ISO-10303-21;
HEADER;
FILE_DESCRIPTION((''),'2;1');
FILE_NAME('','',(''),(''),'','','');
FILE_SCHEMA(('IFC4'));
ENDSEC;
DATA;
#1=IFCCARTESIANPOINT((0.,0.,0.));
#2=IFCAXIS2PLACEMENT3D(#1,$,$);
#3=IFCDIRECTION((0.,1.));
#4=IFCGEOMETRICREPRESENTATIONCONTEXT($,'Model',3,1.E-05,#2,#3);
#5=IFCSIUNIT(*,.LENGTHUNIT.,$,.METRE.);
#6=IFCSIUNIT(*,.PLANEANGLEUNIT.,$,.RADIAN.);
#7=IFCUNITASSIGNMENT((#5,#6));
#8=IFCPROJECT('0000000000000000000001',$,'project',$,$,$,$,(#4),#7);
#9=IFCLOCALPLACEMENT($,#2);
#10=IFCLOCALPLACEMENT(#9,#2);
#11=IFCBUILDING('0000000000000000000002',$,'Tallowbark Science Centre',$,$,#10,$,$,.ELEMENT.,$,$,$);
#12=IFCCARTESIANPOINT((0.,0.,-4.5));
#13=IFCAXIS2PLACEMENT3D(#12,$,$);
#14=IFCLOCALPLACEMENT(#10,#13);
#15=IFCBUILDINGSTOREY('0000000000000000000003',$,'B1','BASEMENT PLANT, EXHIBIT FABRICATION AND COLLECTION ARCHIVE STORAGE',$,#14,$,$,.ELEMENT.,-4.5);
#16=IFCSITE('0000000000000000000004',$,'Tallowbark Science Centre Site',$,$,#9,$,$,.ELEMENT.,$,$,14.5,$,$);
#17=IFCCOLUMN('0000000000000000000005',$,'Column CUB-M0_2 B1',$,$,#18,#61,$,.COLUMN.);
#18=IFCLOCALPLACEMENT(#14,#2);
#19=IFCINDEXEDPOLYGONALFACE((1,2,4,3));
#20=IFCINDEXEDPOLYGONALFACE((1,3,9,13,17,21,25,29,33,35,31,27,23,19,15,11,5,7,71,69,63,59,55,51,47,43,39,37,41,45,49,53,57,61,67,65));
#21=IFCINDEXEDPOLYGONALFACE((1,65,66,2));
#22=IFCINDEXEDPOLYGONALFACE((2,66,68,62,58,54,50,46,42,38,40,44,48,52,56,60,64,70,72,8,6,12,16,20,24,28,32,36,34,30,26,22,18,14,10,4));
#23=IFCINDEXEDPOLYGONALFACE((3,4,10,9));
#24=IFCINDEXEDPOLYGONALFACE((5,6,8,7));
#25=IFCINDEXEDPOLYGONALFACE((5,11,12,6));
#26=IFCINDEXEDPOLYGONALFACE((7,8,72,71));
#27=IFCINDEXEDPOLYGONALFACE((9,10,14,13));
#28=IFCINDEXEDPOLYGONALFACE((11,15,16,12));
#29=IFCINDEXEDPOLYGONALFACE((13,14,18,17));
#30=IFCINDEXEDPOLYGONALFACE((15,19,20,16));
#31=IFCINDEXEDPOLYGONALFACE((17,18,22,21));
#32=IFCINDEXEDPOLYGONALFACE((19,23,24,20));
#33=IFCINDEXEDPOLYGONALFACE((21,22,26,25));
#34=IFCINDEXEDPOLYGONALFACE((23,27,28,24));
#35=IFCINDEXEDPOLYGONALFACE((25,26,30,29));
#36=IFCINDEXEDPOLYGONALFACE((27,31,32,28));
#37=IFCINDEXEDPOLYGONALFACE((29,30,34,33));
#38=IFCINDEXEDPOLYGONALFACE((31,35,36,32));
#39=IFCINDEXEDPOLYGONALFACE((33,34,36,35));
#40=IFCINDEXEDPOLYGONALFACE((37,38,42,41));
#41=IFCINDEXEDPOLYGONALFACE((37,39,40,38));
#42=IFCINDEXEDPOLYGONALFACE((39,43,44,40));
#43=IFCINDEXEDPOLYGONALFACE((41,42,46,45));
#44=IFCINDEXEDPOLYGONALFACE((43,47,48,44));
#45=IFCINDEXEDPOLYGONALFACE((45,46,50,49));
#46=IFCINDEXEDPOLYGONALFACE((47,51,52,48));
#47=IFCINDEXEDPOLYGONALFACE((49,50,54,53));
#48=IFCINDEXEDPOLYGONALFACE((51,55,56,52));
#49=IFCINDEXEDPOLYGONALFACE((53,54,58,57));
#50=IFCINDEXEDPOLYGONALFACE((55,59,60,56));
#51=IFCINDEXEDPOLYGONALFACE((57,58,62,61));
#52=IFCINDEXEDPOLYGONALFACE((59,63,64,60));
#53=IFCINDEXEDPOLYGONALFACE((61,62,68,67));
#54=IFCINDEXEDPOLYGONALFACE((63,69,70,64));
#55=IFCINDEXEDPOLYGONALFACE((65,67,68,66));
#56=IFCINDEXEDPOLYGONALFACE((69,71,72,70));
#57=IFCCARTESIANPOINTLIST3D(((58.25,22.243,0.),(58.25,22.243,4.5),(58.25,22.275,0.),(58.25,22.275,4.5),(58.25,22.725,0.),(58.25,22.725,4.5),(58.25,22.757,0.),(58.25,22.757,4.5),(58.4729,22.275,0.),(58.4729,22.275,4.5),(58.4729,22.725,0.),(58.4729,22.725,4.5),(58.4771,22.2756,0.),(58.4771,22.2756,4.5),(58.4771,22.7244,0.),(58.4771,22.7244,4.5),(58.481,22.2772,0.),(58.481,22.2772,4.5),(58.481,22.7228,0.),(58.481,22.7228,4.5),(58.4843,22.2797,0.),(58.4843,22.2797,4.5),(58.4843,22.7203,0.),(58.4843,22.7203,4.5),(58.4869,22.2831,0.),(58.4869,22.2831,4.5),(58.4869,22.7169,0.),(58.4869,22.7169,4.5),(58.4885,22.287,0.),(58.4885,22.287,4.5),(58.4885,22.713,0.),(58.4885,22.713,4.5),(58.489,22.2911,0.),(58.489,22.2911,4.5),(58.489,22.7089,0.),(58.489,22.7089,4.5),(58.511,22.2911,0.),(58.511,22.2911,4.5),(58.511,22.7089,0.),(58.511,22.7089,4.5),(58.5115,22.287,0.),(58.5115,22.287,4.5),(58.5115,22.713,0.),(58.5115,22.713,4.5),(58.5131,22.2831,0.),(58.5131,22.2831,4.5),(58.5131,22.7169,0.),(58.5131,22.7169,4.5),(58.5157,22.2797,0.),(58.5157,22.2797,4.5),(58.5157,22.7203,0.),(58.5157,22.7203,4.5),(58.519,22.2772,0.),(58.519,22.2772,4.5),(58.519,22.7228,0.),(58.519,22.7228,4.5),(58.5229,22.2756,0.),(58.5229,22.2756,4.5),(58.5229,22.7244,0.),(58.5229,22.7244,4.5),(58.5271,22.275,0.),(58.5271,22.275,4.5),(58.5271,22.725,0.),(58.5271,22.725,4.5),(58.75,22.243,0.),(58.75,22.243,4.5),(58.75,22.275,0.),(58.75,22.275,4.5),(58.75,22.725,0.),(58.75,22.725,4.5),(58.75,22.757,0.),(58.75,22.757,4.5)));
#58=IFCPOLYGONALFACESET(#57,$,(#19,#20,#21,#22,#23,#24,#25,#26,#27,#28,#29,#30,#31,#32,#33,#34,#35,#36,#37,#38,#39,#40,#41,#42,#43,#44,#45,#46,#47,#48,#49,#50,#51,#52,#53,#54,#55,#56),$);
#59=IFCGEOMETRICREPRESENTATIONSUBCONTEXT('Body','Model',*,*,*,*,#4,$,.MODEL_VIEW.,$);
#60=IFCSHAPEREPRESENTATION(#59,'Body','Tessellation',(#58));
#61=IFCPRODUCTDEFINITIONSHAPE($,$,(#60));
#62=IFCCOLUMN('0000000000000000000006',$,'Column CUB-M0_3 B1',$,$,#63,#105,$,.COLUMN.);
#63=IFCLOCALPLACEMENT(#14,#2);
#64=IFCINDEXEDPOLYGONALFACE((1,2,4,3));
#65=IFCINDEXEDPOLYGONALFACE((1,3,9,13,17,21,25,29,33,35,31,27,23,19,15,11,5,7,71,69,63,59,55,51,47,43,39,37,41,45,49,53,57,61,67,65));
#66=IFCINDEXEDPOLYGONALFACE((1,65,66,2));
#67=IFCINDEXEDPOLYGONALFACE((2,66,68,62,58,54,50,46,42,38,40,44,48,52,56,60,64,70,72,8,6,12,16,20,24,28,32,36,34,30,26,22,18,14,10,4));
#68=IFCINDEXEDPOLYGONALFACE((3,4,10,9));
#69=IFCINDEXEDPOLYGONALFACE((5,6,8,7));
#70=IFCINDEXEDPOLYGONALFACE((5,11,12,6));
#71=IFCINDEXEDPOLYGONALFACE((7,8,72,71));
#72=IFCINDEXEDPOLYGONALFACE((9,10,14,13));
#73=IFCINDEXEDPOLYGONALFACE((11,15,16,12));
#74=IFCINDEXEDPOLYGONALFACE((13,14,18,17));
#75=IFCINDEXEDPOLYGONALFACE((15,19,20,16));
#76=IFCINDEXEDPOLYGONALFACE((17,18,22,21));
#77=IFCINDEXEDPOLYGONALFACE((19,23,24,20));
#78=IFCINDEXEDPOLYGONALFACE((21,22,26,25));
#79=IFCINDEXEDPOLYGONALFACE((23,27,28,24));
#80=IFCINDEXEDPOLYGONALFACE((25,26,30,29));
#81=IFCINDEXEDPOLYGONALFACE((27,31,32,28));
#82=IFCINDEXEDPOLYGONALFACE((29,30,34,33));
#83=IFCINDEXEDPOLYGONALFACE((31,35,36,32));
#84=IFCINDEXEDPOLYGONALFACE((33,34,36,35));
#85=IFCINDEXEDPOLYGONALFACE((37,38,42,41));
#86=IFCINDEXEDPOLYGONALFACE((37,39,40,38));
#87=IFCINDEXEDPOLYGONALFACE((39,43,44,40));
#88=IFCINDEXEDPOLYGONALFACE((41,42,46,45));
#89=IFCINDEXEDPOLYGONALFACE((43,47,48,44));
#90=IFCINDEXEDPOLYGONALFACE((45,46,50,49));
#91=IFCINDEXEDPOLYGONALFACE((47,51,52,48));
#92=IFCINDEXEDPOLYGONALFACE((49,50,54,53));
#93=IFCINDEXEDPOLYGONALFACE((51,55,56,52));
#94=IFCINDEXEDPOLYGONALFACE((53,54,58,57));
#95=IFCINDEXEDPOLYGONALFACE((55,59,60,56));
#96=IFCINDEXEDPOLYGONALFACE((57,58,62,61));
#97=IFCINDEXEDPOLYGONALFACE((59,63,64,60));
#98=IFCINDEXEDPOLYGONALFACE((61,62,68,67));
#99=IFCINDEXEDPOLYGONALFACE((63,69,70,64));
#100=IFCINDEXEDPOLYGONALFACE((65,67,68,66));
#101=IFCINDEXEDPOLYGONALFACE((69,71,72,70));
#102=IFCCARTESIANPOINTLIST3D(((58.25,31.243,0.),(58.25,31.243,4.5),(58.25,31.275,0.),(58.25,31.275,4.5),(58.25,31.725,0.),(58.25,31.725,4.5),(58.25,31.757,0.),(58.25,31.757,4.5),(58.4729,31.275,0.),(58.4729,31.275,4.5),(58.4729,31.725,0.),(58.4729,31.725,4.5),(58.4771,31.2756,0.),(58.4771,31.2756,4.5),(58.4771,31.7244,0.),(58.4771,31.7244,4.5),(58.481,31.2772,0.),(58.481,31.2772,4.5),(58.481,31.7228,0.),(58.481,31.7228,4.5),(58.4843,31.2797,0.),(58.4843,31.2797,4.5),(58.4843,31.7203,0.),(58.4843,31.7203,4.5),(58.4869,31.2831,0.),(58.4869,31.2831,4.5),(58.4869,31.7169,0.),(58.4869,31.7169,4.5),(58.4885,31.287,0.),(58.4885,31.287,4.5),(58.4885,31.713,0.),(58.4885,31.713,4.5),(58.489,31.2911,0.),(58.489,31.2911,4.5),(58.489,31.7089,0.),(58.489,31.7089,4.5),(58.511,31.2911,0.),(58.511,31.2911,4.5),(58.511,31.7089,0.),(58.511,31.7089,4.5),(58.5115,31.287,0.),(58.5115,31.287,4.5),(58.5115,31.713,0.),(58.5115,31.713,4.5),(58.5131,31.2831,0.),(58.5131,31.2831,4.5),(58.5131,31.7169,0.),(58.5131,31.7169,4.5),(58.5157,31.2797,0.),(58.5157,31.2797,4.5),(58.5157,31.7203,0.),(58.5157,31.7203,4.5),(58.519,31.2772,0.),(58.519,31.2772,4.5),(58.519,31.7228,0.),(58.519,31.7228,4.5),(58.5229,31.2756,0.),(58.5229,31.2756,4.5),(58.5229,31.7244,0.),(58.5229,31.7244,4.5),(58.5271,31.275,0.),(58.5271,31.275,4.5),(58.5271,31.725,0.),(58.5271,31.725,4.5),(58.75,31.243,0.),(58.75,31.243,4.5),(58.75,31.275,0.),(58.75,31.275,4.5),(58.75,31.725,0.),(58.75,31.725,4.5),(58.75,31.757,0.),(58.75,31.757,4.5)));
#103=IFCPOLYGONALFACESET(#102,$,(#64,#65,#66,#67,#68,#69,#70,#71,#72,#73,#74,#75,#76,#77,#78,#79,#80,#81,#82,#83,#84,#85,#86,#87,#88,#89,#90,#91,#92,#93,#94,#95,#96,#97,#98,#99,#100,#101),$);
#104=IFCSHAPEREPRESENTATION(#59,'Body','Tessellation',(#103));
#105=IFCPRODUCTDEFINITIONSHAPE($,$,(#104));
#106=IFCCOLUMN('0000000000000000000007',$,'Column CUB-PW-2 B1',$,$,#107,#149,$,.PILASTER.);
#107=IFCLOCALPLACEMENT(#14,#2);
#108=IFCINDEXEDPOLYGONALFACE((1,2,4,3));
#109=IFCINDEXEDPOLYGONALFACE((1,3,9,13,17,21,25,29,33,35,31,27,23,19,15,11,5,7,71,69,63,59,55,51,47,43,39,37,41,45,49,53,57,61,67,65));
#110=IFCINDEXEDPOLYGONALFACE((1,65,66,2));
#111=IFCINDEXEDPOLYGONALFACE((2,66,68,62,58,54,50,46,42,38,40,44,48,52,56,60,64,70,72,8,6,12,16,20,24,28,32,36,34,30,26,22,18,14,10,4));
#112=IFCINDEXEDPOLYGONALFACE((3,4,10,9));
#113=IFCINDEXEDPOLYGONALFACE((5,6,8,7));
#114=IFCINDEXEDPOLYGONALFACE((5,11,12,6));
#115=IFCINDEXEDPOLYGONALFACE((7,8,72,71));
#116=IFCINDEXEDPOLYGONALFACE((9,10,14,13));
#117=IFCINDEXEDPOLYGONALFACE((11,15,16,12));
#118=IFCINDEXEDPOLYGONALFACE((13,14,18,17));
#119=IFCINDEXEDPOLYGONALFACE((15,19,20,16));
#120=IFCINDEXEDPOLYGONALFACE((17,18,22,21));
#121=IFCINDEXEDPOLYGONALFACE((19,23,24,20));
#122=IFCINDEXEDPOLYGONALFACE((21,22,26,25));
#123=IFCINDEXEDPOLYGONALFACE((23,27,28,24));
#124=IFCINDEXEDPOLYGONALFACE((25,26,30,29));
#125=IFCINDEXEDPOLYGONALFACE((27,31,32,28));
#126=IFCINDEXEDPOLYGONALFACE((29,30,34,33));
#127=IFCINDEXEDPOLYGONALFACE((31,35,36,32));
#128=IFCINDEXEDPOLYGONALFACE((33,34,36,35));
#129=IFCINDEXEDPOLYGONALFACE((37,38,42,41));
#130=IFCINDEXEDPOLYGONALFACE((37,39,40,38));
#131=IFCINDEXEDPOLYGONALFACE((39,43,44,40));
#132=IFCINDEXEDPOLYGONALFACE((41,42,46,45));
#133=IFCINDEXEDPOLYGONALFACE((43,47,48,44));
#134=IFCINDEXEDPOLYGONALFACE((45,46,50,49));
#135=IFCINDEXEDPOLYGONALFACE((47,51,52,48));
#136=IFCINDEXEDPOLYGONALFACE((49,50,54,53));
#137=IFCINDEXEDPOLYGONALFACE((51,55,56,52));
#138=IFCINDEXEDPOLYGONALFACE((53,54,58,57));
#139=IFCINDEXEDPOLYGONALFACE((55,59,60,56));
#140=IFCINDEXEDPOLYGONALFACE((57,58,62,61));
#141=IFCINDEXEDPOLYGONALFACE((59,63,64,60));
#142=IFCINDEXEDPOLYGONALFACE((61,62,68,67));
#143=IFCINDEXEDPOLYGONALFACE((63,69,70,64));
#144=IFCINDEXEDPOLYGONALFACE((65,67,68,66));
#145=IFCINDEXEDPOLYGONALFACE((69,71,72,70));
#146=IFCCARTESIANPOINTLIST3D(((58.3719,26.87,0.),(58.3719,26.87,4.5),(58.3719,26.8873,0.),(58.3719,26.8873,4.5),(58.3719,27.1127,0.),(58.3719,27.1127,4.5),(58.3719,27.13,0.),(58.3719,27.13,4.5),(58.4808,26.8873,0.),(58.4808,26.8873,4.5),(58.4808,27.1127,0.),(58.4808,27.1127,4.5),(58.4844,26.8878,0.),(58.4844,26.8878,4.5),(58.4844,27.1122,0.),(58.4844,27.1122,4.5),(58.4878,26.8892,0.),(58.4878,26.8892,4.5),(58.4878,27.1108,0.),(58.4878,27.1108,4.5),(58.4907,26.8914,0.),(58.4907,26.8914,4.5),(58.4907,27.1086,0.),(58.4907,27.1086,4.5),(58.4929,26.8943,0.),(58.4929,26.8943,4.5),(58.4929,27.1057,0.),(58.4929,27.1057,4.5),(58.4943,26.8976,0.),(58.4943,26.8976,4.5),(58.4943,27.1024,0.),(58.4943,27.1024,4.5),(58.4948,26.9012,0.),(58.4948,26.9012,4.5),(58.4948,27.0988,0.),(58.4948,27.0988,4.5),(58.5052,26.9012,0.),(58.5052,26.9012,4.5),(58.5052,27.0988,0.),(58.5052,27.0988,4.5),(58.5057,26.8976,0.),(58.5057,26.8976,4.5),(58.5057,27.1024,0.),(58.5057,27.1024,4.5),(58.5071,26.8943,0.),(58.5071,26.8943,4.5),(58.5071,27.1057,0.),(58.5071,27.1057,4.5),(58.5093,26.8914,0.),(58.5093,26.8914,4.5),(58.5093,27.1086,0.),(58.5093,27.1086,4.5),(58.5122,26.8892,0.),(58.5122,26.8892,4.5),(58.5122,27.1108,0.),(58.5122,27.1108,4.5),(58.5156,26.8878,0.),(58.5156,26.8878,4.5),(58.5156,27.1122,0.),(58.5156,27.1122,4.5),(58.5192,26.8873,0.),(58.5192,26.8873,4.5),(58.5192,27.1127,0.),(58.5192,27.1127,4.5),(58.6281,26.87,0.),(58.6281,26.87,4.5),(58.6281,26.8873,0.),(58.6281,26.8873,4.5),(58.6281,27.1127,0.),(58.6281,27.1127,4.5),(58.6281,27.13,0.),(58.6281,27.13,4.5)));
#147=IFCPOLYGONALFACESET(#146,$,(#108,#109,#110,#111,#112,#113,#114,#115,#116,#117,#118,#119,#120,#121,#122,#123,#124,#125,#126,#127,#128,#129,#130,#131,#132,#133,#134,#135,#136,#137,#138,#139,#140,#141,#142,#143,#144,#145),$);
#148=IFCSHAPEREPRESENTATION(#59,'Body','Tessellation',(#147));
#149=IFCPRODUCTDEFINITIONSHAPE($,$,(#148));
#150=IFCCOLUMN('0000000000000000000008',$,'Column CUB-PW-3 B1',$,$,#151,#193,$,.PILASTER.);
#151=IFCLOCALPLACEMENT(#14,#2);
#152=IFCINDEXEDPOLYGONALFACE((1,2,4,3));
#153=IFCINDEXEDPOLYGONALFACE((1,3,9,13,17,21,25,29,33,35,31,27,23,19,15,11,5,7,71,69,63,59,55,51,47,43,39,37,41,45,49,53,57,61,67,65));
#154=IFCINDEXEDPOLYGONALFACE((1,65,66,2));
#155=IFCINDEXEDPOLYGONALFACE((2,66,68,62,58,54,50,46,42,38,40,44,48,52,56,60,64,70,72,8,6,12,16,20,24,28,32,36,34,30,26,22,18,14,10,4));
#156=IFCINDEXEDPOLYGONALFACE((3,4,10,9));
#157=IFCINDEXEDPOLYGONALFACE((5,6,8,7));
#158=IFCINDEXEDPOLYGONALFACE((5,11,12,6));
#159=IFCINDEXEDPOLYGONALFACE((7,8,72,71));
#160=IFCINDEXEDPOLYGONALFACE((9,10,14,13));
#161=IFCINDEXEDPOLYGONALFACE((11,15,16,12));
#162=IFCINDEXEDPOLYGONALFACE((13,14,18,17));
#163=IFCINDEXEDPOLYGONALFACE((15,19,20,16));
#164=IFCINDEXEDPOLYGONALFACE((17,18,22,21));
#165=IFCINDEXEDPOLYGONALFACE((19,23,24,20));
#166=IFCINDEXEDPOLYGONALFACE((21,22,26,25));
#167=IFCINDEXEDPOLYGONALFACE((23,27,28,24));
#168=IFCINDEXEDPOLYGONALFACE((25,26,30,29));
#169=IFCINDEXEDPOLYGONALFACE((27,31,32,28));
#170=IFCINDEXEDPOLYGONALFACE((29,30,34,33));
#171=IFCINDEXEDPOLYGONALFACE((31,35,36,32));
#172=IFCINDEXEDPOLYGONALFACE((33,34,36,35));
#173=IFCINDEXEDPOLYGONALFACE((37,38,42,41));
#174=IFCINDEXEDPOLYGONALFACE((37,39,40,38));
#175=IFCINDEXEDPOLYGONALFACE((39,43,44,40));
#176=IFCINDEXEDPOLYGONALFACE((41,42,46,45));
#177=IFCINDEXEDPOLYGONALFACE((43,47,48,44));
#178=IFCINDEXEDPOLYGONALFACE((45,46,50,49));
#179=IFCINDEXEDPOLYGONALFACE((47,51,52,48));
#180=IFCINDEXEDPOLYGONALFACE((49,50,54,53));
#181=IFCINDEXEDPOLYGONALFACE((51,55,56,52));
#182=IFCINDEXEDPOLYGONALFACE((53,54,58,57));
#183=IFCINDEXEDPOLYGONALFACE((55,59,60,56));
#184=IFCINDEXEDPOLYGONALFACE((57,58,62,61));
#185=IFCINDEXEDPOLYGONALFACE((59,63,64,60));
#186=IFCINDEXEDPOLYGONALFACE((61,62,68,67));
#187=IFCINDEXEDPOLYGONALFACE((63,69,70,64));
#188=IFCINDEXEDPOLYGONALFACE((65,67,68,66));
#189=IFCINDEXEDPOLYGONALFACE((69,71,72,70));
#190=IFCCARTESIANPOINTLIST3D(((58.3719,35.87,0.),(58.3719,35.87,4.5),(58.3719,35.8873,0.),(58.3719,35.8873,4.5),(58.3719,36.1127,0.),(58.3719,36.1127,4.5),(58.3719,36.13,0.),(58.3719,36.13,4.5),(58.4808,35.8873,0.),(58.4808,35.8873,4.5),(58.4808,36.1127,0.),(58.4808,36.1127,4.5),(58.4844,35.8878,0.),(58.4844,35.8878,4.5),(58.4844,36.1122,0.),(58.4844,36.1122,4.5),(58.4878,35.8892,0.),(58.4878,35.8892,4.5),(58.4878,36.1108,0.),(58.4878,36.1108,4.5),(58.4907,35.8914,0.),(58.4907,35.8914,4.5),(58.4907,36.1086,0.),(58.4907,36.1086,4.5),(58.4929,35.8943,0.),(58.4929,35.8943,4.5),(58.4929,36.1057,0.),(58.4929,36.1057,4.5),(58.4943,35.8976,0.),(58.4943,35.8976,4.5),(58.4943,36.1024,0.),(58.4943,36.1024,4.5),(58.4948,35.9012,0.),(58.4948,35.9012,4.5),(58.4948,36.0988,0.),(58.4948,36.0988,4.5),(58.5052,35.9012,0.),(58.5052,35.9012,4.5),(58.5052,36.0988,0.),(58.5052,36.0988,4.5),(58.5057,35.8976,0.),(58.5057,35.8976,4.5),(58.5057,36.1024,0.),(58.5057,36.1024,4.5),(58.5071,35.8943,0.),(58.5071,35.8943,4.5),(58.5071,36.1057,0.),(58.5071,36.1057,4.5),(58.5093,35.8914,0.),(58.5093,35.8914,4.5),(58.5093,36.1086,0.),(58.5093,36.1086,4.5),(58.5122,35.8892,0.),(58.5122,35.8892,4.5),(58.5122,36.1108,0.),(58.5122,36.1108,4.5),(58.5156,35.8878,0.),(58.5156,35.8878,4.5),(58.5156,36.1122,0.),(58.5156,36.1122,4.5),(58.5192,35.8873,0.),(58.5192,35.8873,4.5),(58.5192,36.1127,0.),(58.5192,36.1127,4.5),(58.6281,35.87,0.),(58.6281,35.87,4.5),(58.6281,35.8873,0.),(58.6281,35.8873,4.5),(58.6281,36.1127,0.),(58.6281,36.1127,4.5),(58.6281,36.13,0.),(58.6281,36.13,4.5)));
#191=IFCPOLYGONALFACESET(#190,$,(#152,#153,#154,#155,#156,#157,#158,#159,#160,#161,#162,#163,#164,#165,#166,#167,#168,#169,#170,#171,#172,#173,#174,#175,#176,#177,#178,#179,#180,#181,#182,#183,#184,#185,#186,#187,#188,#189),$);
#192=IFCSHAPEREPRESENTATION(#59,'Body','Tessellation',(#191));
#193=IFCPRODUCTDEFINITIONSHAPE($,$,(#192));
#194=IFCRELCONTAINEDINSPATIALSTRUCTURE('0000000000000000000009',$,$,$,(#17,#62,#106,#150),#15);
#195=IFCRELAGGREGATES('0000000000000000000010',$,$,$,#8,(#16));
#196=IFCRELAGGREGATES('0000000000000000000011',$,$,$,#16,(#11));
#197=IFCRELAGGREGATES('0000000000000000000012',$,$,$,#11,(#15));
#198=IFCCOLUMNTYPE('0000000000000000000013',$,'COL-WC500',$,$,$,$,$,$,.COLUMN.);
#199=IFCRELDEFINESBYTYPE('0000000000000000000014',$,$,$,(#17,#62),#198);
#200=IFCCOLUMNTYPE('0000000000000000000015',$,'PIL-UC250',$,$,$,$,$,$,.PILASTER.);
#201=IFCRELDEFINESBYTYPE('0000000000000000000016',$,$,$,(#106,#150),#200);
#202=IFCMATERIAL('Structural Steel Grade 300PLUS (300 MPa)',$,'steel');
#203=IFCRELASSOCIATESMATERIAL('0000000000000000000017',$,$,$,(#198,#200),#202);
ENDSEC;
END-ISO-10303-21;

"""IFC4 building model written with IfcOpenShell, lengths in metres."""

from ifc_helpers import new_model, si_unit, direction, frame, origin, origin_2d, place, context, subcontext, project, spatial, i_section, extrude, material, material_profile, profile_set, type_object, element, save


model = new_model("IFC4")

# Units and contexts
model_context = context("Model", 3, precision=1e-05, world=origin(), true_north=direction((0.0, 1.0)))
body_context = subcontext(model_context, "Body", "Model", "MODEL_VIEW")
ifc_project = project(units=[si_unit("LENGTHUNIT", "METRE"), si_unit("PLANEANGLEUNIT", "RADIAN")], contexts=[model_context])

# Site, building, storey
site_placement = place(None, origin())
site = spatial("IfcSite", under=ifc_project, at=site_placement, Name="Tallowbark Science Centre Site", CompositionType="ELEMENT", RefElevation=14.5)
building_placement = place(site_placement, origin())
building = spatial("IfcBuilding", under=site, at=building_placement, Name="Tallowbark Science Centre", CompositionType="ELEMENT")
storey_placement = place(building_placement, frame((0.0, 0.0, -4.5)))
storey = spatial("IfcBuildingStorey", under=building, at=storey_placement, Name="B1", Description="BASEMENT PLANT, EXHIBIT FABRICATION AND COLLECTION ARCHIVE STORAGE", CompositionType="ELEMENT", Elevation=-4.5)

# Columns
ifc_material_1 = material(Name="Structural Steel Grade 300PLUS (300 MPa)", Category="steel")
ifc_material_profile_1 = material_profile(ifc_material_1, i_section(OverallWidth=0.5, OverallDepth=0.5139, WebThickness=0.022, FlangeThickness=0.032, FilletRadius=0.0161, at=origin_2d()), Name="500WC340")
ifc_profile_set_1 = profile_set([ifc_material_profile_1], Name="Structural Steel Grade 300PLUS (300 MPa)")
column_type_1 = type_object("IfcColumnType", Name="COL-WC500", PredefinedType="COLUMN", material=ifc_profile_set_1)
for number, where, z_axis, x_axis, name in (
    (1, (58.5, 22.5, 0.0), (0.0, 0.0, 1.0), (1.0, 0.0, 0.0), "Column CUB-M0_2 B1"),
    (2, (58.5, 31.5, 0.0), (0.0, 0.0, 1.0), (1.0, 0.0, 0.0), "Column CUB-M0_3 B1"),
):
    element("IfcColumn", number, at=place(storey_placement, frame(where, z_axis=z_axis, x_axis=x_axis)), inside=storey, type_object=column_type_1, Name=name, PredefinedType="COLUMN", context=body_context, shape_type="SweptSolid", body=[
        extrude(i_section(OverallWidth=0.5, OverallDepth=0.5139, WebThickness=0.022, FlangeThickness=0.032, FilletRadius=0.0161, at=origin_2d()), origin(), (0.0, 0.0, 1.0), 4.5),
    ])
ifc_material_profile_2 = material_profile(ifc_material_1, i_section(OverallWidth=0.2561, OverallDepth=0.26, WebThickness=0.0105, FlangeThickness=0.0173, FilletRadius=0.0139, at=origin_2d()), Name="250UC89.5")
ifc_profile_set_2 = profile_set([ifc_material_profile_2], Name="Structural Steel Grade 300PLUS (300 MPa)")
column_type_2 = type_object("IfcColumnType", Name="PIL-UC250", PredefinedType="PILASTER", material=ifc_profile_set_2)
for number, where, z_axis, x_axis, name in (
    (3, (58.5, 27.0, 0.0), (0.0, 0.0, 1.0), (1.0, 0.0, 0.0), "Column CUB-PW-2 B1"),
    (4, (58.5, 36.0, 0.0), (0.0, 0.0, 1.0), (1.0, 0.0, 0.0), "Column CUB-PW-3 B1"),
):
    element("IfcColumn", number, at=place(storey_placement, frame(where, z_axis=z_axis, x_axis=x_axis)), inside=storey, type_object=column_type_2, Name=name, PredefinedType="PILASTER", context=body_context, shape_type="SweptSolid", body=[
        extrude(i_section(OverallWidth=0.2561, OverallDepth=0.26, WebThickness=0.0105, FlangeThickness=0.0173, FilletRadius=0.0139, at=origin_2d()), origin(), (0.0, 0.0, 1.0), 4.5),
    ])

save(model, "model.ifc")
